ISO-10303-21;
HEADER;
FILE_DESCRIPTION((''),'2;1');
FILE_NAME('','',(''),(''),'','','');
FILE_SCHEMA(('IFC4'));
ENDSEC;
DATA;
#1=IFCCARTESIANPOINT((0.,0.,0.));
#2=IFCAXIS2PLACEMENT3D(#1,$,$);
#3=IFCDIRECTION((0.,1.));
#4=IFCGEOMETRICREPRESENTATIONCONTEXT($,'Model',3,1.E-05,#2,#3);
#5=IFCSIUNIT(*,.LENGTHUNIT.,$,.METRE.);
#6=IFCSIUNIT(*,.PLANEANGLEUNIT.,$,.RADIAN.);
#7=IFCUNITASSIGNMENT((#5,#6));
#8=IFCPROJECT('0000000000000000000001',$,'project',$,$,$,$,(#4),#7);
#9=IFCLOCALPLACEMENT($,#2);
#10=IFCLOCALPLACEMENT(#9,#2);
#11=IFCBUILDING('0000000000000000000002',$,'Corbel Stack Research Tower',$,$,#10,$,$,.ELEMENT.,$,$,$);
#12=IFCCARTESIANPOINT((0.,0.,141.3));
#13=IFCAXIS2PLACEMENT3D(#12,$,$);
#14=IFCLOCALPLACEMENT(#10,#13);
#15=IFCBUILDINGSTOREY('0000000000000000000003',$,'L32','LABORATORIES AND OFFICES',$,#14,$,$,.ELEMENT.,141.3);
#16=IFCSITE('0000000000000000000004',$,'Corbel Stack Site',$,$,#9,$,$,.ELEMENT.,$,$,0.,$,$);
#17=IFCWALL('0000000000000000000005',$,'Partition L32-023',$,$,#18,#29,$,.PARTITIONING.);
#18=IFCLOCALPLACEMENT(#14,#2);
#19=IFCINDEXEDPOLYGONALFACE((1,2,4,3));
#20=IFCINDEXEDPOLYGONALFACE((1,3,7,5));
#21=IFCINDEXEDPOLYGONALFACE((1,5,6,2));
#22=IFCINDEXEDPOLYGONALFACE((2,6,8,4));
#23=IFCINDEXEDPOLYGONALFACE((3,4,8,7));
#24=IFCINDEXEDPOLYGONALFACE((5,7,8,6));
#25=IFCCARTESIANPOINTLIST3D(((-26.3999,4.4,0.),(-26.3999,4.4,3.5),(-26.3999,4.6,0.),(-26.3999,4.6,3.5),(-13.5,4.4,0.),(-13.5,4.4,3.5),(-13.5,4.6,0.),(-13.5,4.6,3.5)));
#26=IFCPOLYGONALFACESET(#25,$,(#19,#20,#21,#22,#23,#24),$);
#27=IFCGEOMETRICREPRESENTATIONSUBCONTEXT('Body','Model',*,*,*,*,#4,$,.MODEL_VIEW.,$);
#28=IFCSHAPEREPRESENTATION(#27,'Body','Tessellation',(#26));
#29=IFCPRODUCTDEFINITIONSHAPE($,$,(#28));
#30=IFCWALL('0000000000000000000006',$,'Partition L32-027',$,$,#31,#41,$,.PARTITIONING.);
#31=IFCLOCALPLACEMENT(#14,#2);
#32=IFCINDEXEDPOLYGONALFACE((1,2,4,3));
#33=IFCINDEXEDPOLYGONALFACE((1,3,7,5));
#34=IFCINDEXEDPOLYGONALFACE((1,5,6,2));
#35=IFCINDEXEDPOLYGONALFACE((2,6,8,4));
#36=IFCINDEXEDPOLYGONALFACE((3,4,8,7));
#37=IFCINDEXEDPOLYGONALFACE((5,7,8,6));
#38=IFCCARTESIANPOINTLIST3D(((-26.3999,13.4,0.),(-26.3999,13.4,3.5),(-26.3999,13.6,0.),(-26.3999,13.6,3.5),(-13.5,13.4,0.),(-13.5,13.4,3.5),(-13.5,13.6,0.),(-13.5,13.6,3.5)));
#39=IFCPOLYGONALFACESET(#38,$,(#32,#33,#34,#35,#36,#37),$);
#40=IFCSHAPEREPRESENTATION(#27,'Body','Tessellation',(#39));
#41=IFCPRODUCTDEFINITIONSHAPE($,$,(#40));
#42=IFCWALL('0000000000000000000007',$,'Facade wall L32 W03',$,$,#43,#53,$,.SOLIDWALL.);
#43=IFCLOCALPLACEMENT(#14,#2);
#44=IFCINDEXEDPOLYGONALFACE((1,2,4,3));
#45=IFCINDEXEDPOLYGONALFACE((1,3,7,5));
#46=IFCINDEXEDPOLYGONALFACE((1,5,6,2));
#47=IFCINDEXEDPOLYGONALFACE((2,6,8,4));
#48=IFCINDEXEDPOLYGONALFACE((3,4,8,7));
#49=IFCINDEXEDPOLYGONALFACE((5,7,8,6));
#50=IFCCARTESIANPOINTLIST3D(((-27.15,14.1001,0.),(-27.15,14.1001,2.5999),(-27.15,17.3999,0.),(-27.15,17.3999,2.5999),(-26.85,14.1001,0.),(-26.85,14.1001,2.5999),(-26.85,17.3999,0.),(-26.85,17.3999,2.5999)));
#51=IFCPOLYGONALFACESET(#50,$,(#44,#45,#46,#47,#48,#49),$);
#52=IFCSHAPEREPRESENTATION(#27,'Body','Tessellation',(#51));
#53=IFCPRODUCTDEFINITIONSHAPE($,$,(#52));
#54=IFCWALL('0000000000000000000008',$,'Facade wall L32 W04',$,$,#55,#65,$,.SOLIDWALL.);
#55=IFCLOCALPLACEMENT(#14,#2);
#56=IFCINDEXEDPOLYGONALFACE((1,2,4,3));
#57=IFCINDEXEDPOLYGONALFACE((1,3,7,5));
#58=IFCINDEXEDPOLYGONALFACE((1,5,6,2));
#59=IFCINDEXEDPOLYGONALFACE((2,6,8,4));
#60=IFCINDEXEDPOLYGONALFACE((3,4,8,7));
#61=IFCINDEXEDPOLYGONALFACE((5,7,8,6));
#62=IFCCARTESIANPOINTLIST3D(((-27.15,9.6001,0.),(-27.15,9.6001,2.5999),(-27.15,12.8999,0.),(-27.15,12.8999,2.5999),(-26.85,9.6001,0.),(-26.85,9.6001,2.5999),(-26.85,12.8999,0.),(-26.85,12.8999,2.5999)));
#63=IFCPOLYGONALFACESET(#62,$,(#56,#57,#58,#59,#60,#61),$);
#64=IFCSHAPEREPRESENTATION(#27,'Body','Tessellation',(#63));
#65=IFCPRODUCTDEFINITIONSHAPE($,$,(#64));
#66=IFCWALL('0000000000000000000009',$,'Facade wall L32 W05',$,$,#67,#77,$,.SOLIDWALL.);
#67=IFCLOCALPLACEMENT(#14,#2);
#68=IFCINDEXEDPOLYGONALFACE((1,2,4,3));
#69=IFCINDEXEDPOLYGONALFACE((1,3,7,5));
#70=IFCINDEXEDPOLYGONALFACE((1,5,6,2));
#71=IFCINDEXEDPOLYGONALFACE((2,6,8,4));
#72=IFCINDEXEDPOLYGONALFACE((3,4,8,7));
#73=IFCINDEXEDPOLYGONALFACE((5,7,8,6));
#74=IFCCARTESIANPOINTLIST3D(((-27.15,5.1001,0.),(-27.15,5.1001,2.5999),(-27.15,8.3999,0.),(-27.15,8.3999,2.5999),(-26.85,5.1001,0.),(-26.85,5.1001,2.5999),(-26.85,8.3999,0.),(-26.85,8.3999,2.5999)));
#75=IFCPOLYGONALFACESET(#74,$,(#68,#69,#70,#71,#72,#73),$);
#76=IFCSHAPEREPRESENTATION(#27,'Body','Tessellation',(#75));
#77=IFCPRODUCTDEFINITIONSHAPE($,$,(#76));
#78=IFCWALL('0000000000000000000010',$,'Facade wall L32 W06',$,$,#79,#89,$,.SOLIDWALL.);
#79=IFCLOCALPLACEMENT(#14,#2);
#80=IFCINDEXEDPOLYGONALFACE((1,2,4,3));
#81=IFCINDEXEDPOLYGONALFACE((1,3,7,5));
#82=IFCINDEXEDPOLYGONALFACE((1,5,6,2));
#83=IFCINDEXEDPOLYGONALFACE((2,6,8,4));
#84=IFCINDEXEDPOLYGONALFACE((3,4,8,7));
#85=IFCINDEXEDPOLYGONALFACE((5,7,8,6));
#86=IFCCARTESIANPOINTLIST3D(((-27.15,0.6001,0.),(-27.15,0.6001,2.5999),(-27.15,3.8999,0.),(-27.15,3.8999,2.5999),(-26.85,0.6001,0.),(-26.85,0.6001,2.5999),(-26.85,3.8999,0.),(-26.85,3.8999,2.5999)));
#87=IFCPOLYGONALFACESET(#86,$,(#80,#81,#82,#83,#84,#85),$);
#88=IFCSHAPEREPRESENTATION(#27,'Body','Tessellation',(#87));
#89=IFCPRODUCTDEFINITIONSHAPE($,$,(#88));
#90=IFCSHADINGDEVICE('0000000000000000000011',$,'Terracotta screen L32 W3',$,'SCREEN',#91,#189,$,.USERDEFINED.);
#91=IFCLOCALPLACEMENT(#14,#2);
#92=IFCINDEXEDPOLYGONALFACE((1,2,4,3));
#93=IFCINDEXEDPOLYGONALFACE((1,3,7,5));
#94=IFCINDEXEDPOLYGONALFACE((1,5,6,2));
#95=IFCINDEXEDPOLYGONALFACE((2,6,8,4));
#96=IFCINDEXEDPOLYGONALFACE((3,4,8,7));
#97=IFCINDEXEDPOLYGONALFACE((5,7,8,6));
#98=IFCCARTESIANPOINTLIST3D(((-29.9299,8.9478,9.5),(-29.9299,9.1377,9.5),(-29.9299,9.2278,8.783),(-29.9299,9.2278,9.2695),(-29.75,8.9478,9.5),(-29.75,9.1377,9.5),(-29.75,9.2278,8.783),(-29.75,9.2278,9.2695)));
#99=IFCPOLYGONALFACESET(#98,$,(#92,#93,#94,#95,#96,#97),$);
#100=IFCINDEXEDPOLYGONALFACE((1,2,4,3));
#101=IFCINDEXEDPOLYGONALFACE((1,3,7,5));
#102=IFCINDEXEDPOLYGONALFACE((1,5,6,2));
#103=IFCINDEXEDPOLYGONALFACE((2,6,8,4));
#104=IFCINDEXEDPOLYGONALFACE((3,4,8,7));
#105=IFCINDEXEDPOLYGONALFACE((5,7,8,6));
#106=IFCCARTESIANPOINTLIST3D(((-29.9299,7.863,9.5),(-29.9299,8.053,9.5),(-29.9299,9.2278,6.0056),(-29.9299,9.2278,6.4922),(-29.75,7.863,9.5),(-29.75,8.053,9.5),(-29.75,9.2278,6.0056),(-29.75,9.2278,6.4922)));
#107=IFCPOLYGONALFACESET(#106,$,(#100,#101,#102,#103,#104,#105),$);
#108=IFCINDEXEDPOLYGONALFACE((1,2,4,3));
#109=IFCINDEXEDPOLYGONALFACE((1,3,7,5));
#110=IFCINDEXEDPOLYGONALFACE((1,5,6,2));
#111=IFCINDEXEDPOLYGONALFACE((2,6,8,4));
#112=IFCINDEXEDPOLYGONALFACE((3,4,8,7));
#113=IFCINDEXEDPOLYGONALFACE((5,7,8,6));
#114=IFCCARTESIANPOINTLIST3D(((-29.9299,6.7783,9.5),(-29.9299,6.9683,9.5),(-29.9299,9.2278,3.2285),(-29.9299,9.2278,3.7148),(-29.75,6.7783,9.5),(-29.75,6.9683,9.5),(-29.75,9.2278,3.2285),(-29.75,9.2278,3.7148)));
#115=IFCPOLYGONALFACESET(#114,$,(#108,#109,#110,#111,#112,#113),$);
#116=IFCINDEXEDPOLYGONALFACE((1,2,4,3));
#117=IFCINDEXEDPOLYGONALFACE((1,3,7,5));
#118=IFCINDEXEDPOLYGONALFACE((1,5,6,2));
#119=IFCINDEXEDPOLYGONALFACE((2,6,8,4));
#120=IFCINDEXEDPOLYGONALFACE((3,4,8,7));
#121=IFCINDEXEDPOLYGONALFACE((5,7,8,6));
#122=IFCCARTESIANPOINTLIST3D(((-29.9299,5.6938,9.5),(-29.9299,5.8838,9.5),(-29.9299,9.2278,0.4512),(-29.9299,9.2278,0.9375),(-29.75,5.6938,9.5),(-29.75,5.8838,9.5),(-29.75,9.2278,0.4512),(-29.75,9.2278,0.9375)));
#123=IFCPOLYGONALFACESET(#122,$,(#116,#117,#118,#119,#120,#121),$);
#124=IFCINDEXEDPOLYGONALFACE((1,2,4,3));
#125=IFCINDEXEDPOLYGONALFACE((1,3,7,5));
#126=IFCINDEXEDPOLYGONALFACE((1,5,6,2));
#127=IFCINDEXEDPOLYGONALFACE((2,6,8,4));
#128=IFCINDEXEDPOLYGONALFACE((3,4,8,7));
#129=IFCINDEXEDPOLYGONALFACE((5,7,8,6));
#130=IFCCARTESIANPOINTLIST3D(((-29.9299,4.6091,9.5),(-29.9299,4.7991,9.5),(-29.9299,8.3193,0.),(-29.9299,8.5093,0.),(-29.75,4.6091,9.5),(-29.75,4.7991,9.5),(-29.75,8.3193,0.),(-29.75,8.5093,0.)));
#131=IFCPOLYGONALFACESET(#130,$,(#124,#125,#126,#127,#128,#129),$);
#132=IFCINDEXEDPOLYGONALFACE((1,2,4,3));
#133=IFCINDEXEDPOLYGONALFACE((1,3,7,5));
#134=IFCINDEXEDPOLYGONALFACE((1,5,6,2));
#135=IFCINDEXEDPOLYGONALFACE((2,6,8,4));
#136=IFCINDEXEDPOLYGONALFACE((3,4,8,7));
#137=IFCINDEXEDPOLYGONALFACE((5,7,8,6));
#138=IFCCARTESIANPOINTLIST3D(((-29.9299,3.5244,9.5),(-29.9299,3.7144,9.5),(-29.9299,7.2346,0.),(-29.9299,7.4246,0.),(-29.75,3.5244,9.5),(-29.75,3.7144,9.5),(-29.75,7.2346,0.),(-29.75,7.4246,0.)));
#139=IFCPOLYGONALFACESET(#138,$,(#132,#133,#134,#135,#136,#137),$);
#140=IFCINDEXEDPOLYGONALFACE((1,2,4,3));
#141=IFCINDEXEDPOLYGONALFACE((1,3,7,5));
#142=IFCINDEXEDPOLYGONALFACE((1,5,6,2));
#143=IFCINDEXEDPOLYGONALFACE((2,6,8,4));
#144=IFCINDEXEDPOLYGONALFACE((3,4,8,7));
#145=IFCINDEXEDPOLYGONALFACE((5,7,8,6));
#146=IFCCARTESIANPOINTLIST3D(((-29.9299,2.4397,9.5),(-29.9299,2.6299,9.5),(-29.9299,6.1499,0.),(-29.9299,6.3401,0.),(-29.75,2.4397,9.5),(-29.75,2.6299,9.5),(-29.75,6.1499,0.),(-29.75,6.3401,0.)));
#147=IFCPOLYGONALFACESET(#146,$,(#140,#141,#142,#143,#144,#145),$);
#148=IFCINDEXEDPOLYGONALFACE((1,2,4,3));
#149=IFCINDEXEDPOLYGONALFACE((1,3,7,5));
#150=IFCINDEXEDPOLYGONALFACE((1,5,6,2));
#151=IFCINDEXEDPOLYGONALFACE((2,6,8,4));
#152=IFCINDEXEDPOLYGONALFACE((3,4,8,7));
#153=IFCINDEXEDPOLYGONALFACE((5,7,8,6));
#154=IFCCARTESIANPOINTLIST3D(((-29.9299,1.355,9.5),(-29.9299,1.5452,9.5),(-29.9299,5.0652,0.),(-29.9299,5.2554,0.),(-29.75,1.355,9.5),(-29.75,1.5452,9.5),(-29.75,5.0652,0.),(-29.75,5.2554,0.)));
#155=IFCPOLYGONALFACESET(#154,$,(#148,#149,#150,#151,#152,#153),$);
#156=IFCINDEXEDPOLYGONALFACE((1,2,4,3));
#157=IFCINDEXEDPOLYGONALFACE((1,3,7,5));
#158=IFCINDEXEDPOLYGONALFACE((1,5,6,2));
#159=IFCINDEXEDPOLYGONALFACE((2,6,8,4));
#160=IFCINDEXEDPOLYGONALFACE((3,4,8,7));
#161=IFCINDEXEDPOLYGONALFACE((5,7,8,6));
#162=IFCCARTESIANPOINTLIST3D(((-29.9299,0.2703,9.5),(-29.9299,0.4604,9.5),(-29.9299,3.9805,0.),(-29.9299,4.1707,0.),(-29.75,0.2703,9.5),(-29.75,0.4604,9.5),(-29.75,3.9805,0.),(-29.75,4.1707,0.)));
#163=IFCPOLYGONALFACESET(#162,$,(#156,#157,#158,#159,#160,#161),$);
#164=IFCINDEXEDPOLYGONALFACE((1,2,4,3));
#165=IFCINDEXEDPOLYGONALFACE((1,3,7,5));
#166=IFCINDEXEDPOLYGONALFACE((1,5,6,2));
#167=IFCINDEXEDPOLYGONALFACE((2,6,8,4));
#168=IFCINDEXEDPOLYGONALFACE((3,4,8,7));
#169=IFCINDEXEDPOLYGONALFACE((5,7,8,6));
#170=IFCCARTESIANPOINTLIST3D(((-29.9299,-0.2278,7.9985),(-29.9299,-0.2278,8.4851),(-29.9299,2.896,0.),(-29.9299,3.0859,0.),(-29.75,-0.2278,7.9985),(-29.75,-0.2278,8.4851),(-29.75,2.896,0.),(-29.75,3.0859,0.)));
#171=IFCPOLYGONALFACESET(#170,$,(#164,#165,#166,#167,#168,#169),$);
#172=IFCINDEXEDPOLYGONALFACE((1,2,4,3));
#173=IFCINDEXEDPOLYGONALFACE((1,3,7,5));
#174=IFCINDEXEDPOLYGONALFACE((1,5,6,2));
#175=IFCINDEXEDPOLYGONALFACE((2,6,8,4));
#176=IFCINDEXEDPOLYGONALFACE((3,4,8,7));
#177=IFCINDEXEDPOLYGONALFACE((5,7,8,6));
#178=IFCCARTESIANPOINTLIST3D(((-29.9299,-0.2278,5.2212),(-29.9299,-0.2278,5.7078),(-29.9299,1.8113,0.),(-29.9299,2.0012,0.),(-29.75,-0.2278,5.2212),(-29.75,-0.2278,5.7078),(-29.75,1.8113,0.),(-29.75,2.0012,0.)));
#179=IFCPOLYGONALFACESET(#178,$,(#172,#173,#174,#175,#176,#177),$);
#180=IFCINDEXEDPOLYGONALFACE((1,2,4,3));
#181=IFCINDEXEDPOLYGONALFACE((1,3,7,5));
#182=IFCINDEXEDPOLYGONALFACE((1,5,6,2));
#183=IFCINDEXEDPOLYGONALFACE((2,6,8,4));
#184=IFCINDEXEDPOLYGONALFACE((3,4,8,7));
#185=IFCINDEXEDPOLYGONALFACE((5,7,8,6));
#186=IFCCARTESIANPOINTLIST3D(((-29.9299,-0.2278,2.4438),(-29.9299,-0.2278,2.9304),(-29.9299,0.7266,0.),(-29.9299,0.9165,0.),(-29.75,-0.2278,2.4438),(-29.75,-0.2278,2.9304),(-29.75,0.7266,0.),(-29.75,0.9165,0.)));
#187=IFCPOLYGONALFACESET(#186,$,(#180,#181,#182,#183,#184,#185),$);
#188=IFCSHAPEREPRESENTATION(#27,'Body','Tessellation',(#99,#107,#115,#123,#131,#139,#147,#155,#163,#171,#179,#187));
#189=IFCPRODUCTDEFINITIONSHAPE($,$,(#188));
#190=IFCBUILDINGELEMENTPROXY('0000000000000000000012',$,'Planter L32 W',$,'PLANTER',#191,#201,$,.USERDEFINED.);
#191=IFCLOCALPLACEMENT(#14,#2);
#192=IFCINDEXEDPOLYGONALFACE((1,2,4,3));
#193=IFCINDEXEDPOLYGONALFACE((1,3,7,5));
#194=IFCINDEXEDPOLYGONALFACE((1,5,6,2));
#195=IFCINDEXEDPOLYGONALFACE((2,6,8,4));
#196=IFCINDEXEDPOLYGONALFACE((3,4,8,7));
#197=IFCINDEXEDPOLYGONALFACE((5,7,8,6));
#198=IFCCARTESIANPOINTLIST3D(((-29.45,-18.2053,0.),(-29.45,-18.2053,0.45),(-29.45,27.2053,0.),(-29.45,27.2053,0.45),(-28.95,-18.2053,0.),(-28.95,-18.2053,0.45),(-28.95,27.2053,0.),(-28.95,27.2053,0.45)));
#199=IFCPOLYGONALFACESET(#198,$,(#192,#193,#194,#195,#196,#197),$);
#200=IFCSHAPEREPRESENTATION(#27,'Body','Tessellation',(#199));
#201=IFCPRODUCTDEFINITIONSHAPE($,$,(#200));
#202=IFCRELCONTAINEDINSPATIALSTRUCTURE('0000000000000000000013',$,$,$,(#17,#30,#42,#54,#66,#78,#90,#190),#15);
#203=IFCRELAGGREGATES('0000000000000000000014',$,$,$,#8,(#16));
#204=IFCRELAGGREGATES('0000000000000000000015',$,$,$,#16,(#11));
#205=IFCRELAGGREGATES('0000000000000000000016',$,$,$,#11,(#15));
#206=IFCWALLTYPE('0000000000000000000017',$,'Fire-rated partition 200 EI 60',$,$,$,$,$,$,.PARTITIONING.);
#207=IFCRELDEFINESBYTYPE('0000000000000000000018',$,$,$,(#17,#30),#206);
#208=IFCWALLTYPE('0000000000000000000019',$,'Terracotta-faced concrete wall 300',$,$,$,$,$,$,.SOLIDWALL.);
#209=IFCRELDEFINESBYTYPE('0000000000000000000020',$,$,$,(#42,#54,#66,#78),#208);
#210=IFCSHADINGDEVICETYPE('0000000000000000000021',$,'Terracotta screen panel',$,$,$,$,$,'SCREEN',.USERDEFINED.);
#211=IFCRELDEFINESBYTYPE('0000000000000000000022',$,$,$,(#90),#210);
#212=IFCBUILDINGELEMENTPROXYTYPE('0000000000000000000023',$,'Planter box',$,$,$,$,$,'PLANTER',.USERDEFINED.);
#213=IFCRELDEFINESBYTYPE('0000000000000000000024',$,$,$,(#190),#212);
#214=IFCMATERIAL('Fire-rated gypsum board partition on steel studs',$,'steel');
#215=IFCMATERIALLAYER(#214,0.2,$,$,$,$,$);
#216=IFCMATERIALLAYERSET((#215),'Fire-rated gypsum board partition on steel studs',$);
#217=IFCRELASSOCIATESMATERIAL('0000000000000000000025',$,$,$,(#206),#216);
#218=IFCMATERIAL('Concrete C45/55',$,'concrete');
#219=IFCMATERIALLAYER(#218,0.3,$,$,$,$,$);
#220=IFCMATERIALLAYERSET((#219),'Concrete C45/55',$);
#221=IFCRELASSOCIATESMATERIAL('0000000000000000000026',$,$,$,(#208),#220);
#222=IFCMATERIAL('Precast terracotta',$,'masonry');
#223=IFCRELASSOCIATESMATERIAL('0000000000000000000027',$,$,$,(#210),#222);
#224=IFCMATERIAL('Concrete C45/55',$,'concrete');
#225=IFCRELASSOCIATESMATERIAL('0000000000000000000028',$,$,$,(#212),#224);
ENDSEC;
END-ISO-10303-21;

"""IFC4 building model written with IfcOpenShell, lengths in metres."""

from ifc_helpers import new_model, si_unit, direction, frame, frame_2d, origin, origin_2d, place, context, subcontext, project, spatial, polyline, rectangle, outline, extrude, source, transform, mapped, material, layer, layer_set, type_object, element, save


model = new_model("IFC4")

# Units and contexts
model_context = context("Model", 3, precision=1e-05, world=origin(), true_north=direction((0.0, 1.0)))
body_context = subcontext(model_context, "Body", "Model", "MODEL_VIEW")
ifc_project = project(units=[si_unit("LENGTHUNIT", "METRE"), si_unit("PLANEANGLEUNIT", "RADIAN")], contexts=[model_context])

# Site, building, storey
site_placement = place(None, origin())
site = spatial("IfcSite", under=ifc_project, at=site_placement, Name="Corbel Stack Site", CompositionType="ELEMENT", RefElevation=0.0)
building_placement = place(site_placement, origin())
building = spatial("IfcBuilding", under=site, at=building_placement, Name="Corbel Stack Research Tower", CompositionType="ELEMENT")
storey_placement = place(building_placement, frame((0.0, 0.0, 141.3)))
storey = spatial("IfcBuildingStorey", under=building, at=storey_placement, Name="L32", Description="LABORATORIES AND OFFICES", CompositionType="ELEMENT", Elevation=141.3)

# Walls
ifc_material_1 = material(Name="Fire-rated gypsum board partition on steel studs", Category="steel")
ifc_layer_1 = layer(ifc_material_1, 0.2)
ifc_layer_set_1 = layer_set([ifc_layer_1], Name="Fire-rated gypsum board partition on steel studs")
wall_type_1 = type_object("IfcWallType", Name="Fire-rated partition 200 EI 60", PredefinedType="PARTITIONING", material=ifc_layer_set_1)
for number, where, z_axis, x_axis, name in (
    (1, (-26.3999, 4.5, 0.0), (0.0, 0.0, 1.0), (1.0, 0.0, 0.0), "Partition L32-023"),
    (2, (-26.3999, 13.5, 0.0), (0.0, 0.0, 1.0), (1.0, 0.0, 0.0), "Partition L32-027"),
):
    element("IfcWall", number, at=place(storey_placement, frame(where, z_axis=z_axis, x_axis=x_axis)), inside=storey, type_object=wall_type_1, Name=name, PredefinedType="PARTITIONING", context=body_context, shape_type="SweptSolid", body=[
        extrude(rectangle(XDim=12.8999, YDim=0.2, at=frame_2d((6.45, 0.0))), origin(), (0.0, 0.0, 1.0), 3.5),
    ])
ifc_material_2 = material(Name="Concrete C45/55", Category="concrete")
ifc_layer_2 = layer(ifc_material_2, 0.3)
ifc_layer_set_2 = layer_set([ifc_layer_2], Name="Concrete C45/55")
wall_type_2 = type_object("IfcWallType", Name="Terracotta-faced concrete wall 300", PredefinedType="SOLIDWALL", material=ifc_layer_set_2)
for number, where, z_axis, x_axis, name in (
    (3, (-27.0, 14.1001, 0.0), (0.0, 0.0, 1.0), (0.0, 1.0, 0.0), "Facade wall L32 W03"),
    (4, (-27.0, 9.6001, 0.0), (0.0, 0.0, 1.0), (0.0, 1.0, 0.0), "Facade wall L32 W04"),
    (5, (-27.0, 5.1001, 0.0), (0.0, 0.0, 1.0), (0.0, 1.0, 0.0), "Facade wall L32 W05"),
    (6, (-27.0, 0.6001, 0.0), (0.0, 0.0, 1.0), (0.0, 1.0, 0.0), "Facade wall L32 W06"),
):
    element("IfcWall", number, at=place(storey_placement, frame(where, z_axis=z_axis, x_axis=x_axis)), inside=storey, type_object=wall_type_2, Name=name, PredefinedType="SOLIDWALL", context=body_context, shape_type="SweptSolid", body=[
        extrude(rectangle(XDim=3.2998, YDim=0.3, at=frame_2d((1.6499, 0.0))), origin(), (0.0, 0.0, 1.0), 2.5999),
    ])

# Shading device
ifc_material_3 = material(Name="Precast terracotta", Category="masonry")
shading_device_type = type_object("IfcShadingDeviceType", Name="Terracotta screen panel", ElementType="SCREEN", PredefinedType="USERDEFINED", material=ifc_material_3)
shared_shape = source(origin(), body_context, "Body", "SweptSolid", [
    extrude(outline(polyline([(0.28, 9.5), (0.0901, 9.5), (0.0, 9.2695), (0.0, 8.783), (0.28, 9.5)])), frame((0.0, 0.0, 0.0), z_axis=(0.0, -1.0, 0.0), x_axis=(1.0, 0.0, 0.0)), (0.0, 0.0, 1.0), 0.1799),
    extrude(outline(polyline([(1.3647, 9.5), (1.1748, 9.5), (0.0, 6.4922), (0.0, 6.0056), (1.3647, 9.5)])), frame((0.0, 0.0, 0.0), z_axis=(0.0, -1.0, 0.0), x_axis=(1.0, 0.0, 0.0)), (0.0, 0.0, 1.0), 0.1799),
    extrude(outline(polyline([(2.4495, 9.5), (2.2595, 9.5), (0.0, 3.7148), (0.0, 3.2285), (2.4495, 9.5)])), frame((0.0, 0.0, 0.0), z_axis=(0.0, -1.0, 0.0), x_axis=(1.0, 0.0, 0.0)), (0.0, 0.0, 1.0), 0.1799),
    extrude(outline(polyline([(3.5339, 9.5), (3.344, 9.5), (0.0, 0.9375), (0.0, 0.4512), (3.5339, 9.5)])), frame((0.0, 0.0, 0.0), z_axis=(0.0, -1.0, 0.0), x_axis=(1.0, 0.0, 0.0)), (0.0, 0.0, 1.0), 0.1799),
    extrude(outline(polyline([(0.9084, 0.0), (4.6187, 9.5), (4.4287, 9.5), (0.7185, 0.0), (0.9084, 0.0)])), frame((0.0, 0.0, 0.0), z_axis=(0.0, -1.0, 0.0), x_axis=(1.0, 0.0, 0.0)), (0.0, 0.0, 1.0), 0.1799),
    extrude(outline(polyline([(1.9932, 0.0), (5.7034, 9.5), (5.5134, 9.5), (1.8032, 0.0), (1.9932, 0.0)])), frame((0.0, 0.0, 0.0), z_axis=(0.0, -1.0, 0.0), x_axis=(1.0, 0.0, 0.0)), (0.0, 0.0, 1.0), 0.1799),
    extrude(outline(polyline([(3.0779, 0.0), (6.7881, 9.5), (6.5979, 9.5), (2.8877, 0.0), (3.0779, 0.0)])), frame((0.0, 0.0, 0.0), z_axis=(0.0, -1.0, 0.0), x_axis=(1.0, 0.0, 0.0)), (0.0, 0.0, 1.0), 0.1799),
    extrude(outline(polyline([(4.1626, 0.0), (7.8728, 9.5), (7.6826, 9.5), (3.9724, 0.0), (4.1626, 0.0)])), frame((0.0, 0.0, 0.0), z_axis=(0.0, -1.0, 0.0), x_axis=(1.0, 0.0, 0.0)), (0.0, 0.0, 1.0), 0.1799),
    extrude(outline(polyline([(5.2473, 0.0), (8.9575, 9.5), (8.7673, 9.5), (5.0571, 0.0), (5.2473, 0.0)])), frame((0.0, 0.0, 0.0), z_axis=(0.0, -1.0, 0.0), x_axis=(1.0, 0.0, 0.0)), (0.0, 0.0, 1.0), 0.1799),
    extrude(outline(polyline([(6.3318, 0.0), (9.4556, 7.9985), (9.4556, 8.4851), (6.1418, 0.0), (6.3318, 0.0)])), frame((0.0, 0.0, 0.0), z_axis=(0.0, -1.0, 0.0), x_axis=(1.0, 0.0, 0.0)), (0.0, 0.0, 1.0), 0.1799),
    extrude(outline(polyline([(7.4165, 0.0), (9.4556, 5.2212), (9.4556, 5.7078), (7.2266, 0.0), (7.4165, 0.0)])), frame((0.0, 0.0, 0.0), z_axis=(0.0, -1.0, 0.0), x_axis=(1.0, 0.0, 0.0)), (0.0, 0.0, 1.0), 0.1799),
    extrude(outline(polyline([(8.5012, 0.0), (9.4556, 2.4438), (9.4556, 2.9304), (8.3113, 0.0), (8.5012, 0.0)])), frame((0.0, 0.0, 0.0), z_axis=(0.0, -1.0, 0.0), x_axis=(1.0, 0.0, 0.0)), (0.0, 0.0, 1.0), 0.1799),
])
shading_device_placement = place(storey_placement, frame((-29.75, 9.2278, 0.0), z_axis=(0.0, 0.0, 1.0), x_axis=(0.0, -1.0, 0.0)))
element("IfcShadingDevice", 7, at=shading_device_placement, inside=storey, type_object=shading_device_type, Name="Terracotta screen L32 W3", ObjectType="SCREEN", PredefinedType="USERDEFINED", context=body_context, shape_type="MappedRepresentation", body=[
    mapped(shared_shape, transform((0.0, 0.0, 0.0))),
])

# Building element proxy
ifc_material_4 = material(Name="Concrete C45/55", Category="concrete")
building_element_proxy_type = type_object("IfcBuildingElementProxyType", Name="Planter box", ElementType="PLANTER", PredefinedType="USERDEFINED", material=ifc_material_4)
proxy_placement = place(storey_placement, frame((-29.2, 4.5, 0.0), z_axis=(0.0, 0.0, 1.0), x_axis=(0.0, -1.0, 0.0)))
element("IfcBuildingElementProxy", 8, at=proxy_placement, inside=storey, type_object=building_element_proxy_type, Name="Planter L32 W", ObjectType="PLANTER", PredefinedType="USERDEFINED", context=body_context, shape_type="SweptSolid", body=[
    extrude(rectangle(XDim=45.4106, YDim=0.5, at=origin_2d()), origin(), (0.0, 0.0, 1.0), 0.45),
])

save(model, "model.ifc")
